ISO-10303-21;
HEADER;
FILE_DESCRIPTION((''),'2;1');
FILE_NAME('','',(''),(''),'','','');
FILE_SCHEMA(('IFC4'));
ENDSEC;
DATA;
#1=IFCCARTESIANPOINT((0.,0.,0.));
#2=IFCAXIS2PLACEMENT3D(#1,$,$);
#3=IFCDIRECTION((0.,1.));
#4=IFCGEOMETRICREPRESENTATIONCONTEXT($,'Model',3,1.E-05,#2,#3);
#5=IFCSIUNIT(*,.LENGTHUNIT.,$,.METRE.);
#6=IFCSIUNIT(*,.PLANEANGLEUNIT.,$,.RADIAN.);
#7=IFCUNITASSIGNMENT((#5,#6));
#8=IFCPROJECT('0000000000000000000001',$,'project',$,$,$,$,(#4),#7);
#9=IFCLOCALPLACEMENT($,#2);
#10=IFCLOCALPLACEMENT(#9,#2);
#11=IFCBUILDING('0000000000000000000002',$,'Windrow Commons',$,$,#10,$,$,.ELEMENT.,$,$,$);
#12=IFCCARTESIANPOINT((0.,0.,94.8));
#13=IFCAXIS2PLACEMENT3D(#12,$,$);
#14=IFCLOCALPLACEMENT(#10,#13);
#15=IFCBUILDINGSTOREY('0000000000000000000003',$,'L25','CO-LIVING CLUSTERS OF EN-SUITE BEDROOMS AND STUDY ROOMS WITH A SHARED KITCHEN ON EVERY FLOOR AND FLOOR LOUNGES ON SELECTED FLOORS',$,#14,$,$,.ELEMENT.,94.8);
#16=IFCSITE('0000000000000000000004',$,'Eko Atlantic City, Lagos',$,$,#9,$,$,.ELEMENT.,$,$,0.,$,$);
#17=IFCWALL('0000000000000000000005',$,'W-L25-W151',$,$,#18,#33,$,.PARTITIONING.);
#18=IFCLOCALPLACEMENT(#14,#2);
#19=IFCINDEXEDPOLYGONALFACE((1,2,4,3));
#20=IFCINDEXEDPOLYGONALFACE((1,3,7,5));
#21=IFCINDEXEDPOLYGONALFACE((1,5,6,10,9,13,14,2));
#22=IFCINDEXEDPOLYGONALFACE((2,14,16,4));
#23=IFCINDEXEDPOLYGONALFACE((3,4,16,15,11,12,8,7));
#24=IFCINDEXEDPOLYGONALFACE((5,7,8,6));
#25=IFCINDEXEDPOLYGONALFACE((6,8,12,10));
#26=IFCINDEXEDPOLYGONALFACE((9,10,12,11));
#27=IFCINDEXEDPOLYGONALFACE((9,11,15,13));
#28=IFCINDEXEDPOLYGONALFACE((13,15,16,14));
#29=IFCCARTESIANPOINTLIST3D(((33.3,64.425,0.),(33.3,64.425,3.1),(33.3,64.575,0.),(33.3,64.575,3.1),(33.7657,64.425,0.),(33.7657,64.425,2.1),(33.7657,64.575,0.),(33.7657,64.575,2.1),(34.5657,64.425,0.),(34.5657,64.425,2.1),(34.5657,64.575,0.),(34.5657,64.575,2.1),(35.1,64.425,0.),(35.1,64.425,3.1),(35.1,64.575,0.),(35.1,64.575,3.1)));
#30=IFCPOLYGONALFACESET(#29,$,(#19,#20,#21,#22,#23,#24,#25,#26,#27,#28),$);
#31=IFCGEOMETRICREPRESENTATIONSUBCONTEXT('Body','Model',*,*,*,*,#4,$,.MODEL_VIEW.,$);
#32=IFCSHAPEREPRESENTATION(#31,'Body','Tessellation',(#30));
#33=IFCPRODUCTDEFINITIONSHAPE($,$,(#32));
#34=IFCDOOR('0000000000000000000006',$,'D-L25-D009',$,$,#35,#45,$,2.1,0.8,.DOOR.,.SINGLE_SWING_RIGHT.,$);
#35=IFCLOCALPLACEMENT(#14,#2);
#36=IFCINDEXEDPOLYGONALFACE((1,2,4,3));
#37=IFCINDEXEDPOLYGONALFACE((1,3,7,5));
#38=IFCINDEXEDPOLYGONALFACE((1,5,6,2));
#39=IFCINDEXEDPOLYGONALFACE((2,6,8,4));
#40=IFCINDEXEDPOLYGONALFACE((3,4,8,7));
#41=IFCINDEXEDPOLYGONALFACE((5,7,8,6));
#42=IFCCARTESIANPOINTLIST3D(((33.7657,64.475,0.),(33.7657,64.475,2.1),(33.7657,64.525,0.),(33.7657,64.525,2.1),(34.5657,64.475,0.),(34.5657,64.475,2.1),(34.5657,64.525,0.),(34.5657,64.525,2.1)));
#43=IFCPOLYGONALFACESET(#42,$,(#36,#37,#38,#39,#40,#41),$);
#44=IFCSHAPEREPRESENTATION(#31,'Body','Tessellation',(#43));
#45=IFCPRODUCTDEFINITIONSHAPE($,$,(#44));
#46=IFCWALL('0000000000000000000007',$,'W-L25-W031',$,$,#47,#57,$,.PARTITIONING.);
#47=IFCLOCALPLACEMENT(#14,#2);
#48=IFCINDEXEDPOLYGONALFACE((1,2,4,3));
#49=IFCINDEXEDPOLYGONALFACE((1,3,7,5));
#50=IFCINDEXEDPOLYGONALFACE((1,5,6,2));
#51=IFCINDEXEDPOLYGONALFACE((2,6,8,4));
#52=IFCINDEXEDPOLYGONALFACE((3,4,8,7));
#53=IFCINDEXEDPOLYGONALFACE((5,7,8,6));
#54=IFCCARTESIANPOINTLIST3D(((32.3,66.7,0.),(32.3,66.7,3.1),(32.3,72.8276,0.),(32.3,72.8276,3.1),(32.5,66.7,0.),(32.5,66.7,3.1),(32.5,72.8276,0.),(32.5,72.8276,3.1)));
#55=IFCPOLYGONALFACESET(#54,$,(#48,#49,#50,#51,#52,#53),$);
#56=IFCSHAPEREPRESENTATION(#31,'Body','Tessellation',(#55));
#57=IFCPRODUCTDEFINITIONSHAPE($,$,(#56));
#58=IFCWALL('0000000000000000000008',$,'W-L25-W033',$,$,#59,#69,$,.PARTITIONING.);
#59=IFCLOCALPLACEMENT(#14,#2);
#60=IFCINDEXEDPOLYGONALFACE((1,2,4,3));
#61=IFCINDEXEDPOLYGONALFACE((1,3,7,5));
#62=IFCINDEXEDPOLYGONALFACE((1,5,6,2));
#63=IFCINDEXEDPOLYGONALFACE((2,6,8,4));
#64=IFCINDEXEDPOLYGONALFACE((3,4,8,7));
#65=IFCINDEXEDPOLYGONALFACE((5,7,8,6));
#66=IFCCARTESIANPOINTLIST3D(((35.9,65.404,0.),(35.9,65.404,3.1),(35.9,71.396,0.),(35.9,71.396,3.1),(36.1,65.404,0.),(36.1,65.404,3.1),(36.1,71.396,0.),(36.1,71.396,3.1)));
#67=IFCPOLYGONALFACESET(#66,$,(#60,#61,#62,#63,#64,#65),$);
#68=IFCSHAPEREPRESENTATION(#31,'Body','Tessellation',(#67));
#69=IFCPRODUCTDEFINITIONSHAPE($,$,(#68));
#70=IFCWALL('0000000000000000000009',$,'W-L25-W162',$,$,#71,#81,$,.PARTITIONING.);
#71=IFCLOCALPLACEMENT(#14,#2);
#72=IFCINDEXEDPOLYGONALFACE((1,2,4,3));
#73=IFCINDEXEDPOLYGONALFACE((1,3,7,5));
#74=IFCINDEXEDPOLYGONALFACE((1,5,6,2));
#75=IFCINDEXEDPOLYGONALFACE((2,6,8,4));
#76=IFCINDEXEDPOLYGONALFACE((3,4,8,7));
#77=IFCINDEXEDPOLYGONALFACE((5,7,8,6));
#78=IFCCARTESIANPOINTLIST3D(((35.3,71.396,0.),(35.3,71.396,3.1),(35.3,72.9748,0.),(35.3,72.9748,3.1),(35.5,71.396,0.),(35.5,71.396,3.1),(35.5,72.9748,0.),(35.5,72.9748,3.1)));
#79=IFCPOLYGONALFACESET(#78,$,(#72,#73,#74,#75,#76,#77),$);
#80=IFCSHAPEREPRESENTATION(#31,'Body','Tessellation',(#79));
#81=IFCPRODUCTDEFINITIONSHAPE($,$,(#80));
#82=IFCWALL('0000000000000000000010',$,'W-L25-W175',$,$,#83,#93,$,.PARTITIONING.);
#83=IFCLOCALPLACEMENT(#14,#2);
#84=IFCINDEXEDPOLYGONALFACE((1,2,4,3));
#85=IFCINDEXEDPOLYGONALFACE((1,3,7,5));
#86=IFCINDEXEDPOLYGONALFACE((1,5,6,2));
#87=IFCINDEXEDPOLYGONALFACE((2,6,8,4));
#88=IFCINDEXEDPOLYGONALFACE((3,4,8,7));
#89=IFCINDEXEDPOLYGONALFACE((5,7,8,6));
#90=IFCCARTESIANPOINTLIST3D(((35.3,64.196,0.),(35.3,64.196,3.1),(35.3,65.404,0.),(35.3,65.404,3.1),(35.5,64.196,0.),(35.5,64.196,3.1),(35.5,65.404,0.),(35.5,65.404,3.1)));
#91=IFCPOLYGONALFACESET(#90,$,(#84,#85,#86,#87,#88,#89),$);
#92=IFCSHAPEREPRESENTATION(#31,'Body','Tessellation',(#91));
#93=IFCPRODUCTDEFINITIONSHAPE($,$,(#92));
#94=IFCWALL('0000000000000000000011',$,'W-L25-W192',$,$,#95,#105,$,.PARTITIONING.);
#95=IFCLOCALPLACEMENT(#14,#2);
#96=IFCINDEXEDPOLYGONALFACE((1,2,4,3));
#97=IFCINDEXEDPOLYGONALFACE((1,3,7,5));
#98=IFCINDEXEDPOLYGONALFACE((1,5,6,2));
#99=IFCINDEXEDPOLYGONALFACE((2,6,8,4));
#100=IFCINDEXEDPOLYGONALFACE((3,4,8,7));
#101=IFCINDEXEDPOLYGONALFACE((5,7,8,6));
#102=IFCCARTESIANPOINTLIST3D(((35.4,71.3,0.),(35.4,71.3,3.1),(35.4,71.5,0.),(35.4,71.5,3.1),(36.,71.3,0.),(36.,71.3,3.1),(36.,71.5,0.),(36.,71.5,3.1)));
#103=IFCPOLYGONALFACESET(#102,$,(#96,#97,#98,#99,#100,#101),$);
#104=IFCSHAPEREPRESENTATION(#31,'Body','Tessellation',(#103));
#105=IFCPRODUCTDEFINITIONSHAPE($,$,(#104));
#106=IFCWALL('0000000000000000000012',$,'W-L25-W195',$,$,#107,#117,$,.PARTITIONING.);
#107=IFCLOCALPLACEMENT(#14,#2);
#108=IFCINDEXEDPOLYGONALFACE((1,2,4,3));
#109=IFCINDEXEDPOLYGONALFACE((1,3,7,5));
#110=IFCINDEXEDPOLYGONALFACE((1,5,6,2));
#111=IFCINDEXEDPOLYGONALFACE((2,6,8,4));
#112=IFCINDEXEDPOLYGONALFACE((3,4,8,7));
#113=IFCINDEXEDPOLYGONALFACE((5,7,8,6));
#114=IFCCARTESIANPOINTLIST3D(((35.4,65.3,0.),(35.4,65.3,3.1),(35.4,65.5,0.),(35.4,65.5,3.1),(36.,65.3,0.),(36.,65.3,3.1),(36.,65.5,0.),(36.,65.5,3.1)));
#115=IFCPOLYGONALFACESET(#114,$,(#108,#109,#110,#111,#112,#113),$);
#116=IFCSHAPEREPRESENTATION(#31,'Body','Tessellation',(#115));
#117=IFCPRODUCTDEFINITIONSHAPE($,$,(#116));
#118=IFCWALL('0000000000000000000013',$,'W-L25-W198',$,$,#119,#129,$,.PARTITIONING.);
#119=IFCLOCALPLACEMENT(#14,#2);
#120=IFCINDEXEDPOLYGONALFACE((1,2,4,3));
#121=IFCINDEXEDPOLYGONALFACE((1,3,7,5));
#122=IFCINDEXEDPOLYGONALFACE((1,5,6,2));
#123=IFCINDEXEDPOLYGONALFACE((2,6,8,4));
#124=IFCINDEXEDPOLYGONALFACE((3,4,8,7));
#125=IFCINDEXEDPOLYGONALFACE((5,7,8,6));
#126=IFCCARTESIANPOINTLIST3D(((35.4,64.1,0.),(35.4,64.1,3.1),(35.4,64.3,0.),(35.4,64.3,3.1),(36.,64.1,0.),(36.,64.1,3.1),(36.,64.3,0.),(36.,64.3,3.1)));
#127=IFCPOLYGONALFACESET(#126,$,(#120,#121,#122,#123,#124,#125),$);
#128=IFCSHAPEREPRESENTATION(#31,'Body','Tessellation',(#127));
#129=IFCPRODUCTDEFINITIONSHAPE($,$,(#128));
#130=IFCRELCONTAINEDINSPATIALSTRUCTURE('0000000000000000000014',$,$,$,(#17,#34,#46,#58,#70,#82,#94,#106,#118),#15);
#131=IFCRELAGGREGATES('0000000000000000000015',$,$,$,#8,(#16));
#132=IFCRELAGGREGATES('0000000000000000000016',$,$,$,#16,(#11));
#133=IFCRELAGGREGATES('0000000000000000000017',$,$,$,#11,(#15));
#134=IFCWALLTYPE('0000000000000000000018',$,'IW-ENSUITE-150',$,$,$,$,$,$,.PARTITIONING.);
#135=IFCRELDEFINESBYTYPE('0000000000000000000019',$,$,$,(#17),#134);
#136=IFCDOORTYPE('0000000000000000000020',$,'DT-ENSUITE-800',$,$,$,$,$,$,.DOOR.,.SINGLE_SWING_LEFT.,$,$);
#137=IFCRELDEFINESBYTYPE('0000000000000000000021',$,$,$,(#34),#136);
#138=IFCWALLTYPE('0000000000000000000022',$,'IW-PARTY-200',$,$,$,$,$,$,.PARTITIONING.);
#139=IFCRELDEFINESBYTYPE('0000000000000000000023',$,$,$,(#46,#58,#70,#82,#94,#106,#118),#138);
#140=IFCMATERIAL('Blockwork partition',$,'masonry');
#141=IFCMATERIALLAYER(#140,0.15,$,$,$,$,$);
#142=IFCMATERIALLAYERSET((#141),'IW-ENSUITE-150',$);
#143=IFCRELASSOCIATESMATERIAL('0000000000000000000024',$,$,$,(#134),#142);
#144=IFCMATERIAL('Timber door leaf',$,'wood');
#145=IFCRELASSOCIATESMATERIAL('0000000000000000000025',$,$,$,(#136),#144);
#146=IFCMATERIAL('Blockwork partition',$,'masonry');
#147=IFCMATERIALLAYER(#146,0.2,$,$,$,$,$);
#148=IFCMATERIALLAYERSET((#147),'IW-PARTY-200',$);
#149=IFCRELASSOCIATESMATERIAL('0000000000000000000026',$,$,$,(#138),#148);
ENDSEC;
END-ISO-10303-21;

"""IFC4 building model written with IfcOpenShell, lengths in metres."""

from ifc_helpers import new_model, si_unit, direction, frame, frame_2d, origin, place, context, subcontext, project, spatial, rectangle, extrude, material, layer, layer_set, type_object, element, fill, save


model = new_model("IFC4")

# Units and contexts
model_context = context("Model", 3, precision=1e-05, world=origin(), true_north=direction((0.0, 1.0)))
body_context = subcontext(model_context, "Body", "Model", "MODEL_VIEW")
ifc_project = project(units=[si_unit("LENGTHUNIT", "METRE"), si_unit("PLANEANGLEUNIT", "RADIAN")], contexts=[model_context])

# Site, building, storey
site_placement = place(None, origin())
site = spatial("IfcSite", under=ifc_project, at=site_placement, Name="Eko Atlantic City, Lagos", CompositionType="ELEMENT", RefElevation=0.0)
building_placement = place(site_placement, origin())
building = spatial("IfcBuilding", under=site, at=building_placement, Name="Windrow Commons", CompositionType="ELEMENT")
storey_placement = place(building_placement, frame((0.0, 0.0, 94.8)))
storey = spatial("IfcBuildingStorey", under=building, at=storey_placement, Name="L25", Description="CO-LIVING CLUSTERS OF EN-SUITE BEDROOMS AND STUDY ROOMS WITH A SHARED KITCHEN ON EVERY FLOOR AND FLOOR LOUNGES ON SELECTED FLOORS", CompositionType="ELEMENT", Elevation=94.8)

# Wall, opening, door
ifc_material_1 = material(Name="Blockwork partition", Category="masonry")
ifc_layer_1 = layer(ifc_material_1, 0.15)
ifc_layer_set_1 = layer_set([ifc_layer_1], Name="IW-ENSUITE-150")
wall_type_1 = type_object("IfcWallType", Name="IW-ENSUITE-150", PredefinedType="PARTITIONING", material=ifc_layer_set_1)
wall_1_placement = place(storey_placement, frame((33.3, 64.5, 0.0), z_axis=(0.0, 0.0, 1.0), x_axis=(1.0, 0.0, 0.0)))
wall_1 = element("IfcWall", 1, at=wall_1_placement, inside=storey, type_object=wall_type_1, Name="W-L25-W151", PredefinedType="PARTITIONING", context=body_context, shape_type="SweptSolid", body=[
    extrude(rectangle(XDim=1.8, YDim=0.15, at=frame_2d((0.9, 0.0))), origin(), (0.0, 0.0, 1.0), 3.1),
])
opening_1_placement = place(wall_1_placement, frame((0.4657, 0.0, 0.0)))
opening_1 = element("IfcOpeningElement", 2, at=opening_1_placement, cuts=wall_1, PredefinedType="OPENING", context=body_context, shape_type="SweptSolid", body=[
    extrude(rectangle(XDim=0.8, YDim=2.1, at=frame_2d((0.4, 1.05))), frame((0.0, 0.085, 0.0), z_axis=(0.0, -1.0, 0.0), x_axis=(1.0, 0.0, 0.0)), (0.0, 0.0, 1.0), 0.17),
])
ifc_material_2 = material(Name="Timber door leaf", Category="wood")
door_type = type_object("IfcDoorType", Name="DT-ENSUITE-800", OperationType="SINGLE_SWING_LEFT", PredefinedType="DOOR", material=ifc_material_2)
door_placement = place(opening_1_placement, origin())
door = element("IfcDoor", 3, at=door_placement, inside=storey, type_object=door_type, Name="D-L25-D009", OperationType="SINGLE_SWING_RIGHT", OverallHeight=2.1, OverallWidth=0.8, PredefinedType="DOOR", context=body_context, shape_type="SweptSolid", body=[
    extrude(rectangle(XDim=0.8, YDim=2.1, at=frame_2d((0.4, 1.05))), frame((0.0, 0.025, 0.0), z_axis=(0.0, -1.0, 0.0), x_axis=(1.0, 0.0, 0.0)), (0.0, 0.0, 1.0), 0.05),
])
fill(opening_1, door)

# Walls
ifc_material_3 = material(Name="Blockwork partition", Category="masonry")
ifc_layer_2 = layer(ifc_material_3, 0.2)
ifc_layer_set_2 = layer_set([ifc_layer_2], Name="IW-PARTY-200")
wall_type_2 = type_object("IfcWallType", Name="IW-PARTY-200", PredefinedType="PARTITIONING", material=ifc_layer_set_2)
wall_2_placement = place(storey_placement, frame((32.4, 66.7, 0.0), z_axis=(0.0, 0.0, 1.0), x_axis=(0.0, 1.0, 0.0)))
element("IfcWall", 4, at=wall_2_placement, inside=storey, type_object=wall_type_2, Name="W-L25-W031", PredefinedType="PARTITIONING", context=body_context, shape_type="SweptSolid", body=[
    extrude(rectangle(XDim=6.1276, YDim=0.2, at=frame_2d((3.0638, 0.0))), origin(), (0.0, 0.0, 1.0), 3.1),
])
wall_3_placement = place(storey_placement, frame((36.0, 65.404, 0.0), z_axis=(0.0, 0.0, 1.0), x_axis=(0.0, 1.0, 0.0)))
element("IfcWall", 5, at=wall_3_placement, inside=storey, type_object=wall_type_2, Name="W-L25-W033", PredefinedType="PARTITIONING", context=body_context, shape_type="SweptSolid", body=[
    extrude(rectangle(XDim=5.992, YDim=0.2, at=frame_2d((2.996, 0.0))), origin(), (0.0, 0.0, 1.0), 3.1),
])
wall_4_placement = place(storey_placement, frame((35.4, 71.396, 0.0), z_axis=(0.0, 0.0, 1.0), x_axis=(0.0, 1.0, 0.0)))
element("IfcWall", 6, at=wall_4_placement, inside=storey, type_object=wall_type_2, Name="W-L25-W162", PredefinedType="PARTITIONING", context=body_context, shape_type="SweptSolid", body=[
    extrude(rectangle(XDim=1.5789, YDim=0.2, at=frame_2d((0.7894, 0.0))), origin(), (0.0, 0.0, 1.0), 3.1),
])
wall_5_placement = place(storey_placement, frame((35.4, 64.196, 0.0), z_axis=(0.0, 0.0, 1.0), x_axis=(0.0, 1.0, 0.0)))
element("IfcWall", 7, at=wall_5_placement, inside=storey, type_object=wall_type_2, Name="W-L25-W175", PredefinedType="PARTITIONING", context=body_context, shape_type="SweptSolid", body=[
    extrude(rectangle(XDim=1.208, YDim=0.2, at=frame_2d((0.604, 0.0))), origin(), (0.0, 0.0, 1.0), 3.1),
])
for number, where, z_axis, x_axis, name in (
    (8, (35.4, 71.4, 0.0), (0.0, 0.0, 1.0), (1.0, 0.0, 0.0), "W-L25-W192"),
    (9, (35.4, 65.4, 0.0), (0.0, 0.0, 1.0), (1.0, 0.0, 0.0), "W-L25-W195"),
    (10, (35.4, 64.2, 0.0), (0.0, 0.0, 1.0), (1.0, 0.0, 0.0), "W-L25-W198"),
):
    element("IfcWall", number, at=place(storey_placement, frame(where, z_axis=z_axis, x_axis=x_axis)), inside=storey, type_object=wall_type_2, Name=name, PredefinedType="PARTITIONING", context=body_context, shape_type="SweptSolid", body=[
        extrude(rectangle(XDim=0.6, YDim=0.2, at=frame_2d((0.3, 0.0))), origin(), (0.0, 0.0, 1.0), 3.1),
    ])

save(model, "model.ifc")
